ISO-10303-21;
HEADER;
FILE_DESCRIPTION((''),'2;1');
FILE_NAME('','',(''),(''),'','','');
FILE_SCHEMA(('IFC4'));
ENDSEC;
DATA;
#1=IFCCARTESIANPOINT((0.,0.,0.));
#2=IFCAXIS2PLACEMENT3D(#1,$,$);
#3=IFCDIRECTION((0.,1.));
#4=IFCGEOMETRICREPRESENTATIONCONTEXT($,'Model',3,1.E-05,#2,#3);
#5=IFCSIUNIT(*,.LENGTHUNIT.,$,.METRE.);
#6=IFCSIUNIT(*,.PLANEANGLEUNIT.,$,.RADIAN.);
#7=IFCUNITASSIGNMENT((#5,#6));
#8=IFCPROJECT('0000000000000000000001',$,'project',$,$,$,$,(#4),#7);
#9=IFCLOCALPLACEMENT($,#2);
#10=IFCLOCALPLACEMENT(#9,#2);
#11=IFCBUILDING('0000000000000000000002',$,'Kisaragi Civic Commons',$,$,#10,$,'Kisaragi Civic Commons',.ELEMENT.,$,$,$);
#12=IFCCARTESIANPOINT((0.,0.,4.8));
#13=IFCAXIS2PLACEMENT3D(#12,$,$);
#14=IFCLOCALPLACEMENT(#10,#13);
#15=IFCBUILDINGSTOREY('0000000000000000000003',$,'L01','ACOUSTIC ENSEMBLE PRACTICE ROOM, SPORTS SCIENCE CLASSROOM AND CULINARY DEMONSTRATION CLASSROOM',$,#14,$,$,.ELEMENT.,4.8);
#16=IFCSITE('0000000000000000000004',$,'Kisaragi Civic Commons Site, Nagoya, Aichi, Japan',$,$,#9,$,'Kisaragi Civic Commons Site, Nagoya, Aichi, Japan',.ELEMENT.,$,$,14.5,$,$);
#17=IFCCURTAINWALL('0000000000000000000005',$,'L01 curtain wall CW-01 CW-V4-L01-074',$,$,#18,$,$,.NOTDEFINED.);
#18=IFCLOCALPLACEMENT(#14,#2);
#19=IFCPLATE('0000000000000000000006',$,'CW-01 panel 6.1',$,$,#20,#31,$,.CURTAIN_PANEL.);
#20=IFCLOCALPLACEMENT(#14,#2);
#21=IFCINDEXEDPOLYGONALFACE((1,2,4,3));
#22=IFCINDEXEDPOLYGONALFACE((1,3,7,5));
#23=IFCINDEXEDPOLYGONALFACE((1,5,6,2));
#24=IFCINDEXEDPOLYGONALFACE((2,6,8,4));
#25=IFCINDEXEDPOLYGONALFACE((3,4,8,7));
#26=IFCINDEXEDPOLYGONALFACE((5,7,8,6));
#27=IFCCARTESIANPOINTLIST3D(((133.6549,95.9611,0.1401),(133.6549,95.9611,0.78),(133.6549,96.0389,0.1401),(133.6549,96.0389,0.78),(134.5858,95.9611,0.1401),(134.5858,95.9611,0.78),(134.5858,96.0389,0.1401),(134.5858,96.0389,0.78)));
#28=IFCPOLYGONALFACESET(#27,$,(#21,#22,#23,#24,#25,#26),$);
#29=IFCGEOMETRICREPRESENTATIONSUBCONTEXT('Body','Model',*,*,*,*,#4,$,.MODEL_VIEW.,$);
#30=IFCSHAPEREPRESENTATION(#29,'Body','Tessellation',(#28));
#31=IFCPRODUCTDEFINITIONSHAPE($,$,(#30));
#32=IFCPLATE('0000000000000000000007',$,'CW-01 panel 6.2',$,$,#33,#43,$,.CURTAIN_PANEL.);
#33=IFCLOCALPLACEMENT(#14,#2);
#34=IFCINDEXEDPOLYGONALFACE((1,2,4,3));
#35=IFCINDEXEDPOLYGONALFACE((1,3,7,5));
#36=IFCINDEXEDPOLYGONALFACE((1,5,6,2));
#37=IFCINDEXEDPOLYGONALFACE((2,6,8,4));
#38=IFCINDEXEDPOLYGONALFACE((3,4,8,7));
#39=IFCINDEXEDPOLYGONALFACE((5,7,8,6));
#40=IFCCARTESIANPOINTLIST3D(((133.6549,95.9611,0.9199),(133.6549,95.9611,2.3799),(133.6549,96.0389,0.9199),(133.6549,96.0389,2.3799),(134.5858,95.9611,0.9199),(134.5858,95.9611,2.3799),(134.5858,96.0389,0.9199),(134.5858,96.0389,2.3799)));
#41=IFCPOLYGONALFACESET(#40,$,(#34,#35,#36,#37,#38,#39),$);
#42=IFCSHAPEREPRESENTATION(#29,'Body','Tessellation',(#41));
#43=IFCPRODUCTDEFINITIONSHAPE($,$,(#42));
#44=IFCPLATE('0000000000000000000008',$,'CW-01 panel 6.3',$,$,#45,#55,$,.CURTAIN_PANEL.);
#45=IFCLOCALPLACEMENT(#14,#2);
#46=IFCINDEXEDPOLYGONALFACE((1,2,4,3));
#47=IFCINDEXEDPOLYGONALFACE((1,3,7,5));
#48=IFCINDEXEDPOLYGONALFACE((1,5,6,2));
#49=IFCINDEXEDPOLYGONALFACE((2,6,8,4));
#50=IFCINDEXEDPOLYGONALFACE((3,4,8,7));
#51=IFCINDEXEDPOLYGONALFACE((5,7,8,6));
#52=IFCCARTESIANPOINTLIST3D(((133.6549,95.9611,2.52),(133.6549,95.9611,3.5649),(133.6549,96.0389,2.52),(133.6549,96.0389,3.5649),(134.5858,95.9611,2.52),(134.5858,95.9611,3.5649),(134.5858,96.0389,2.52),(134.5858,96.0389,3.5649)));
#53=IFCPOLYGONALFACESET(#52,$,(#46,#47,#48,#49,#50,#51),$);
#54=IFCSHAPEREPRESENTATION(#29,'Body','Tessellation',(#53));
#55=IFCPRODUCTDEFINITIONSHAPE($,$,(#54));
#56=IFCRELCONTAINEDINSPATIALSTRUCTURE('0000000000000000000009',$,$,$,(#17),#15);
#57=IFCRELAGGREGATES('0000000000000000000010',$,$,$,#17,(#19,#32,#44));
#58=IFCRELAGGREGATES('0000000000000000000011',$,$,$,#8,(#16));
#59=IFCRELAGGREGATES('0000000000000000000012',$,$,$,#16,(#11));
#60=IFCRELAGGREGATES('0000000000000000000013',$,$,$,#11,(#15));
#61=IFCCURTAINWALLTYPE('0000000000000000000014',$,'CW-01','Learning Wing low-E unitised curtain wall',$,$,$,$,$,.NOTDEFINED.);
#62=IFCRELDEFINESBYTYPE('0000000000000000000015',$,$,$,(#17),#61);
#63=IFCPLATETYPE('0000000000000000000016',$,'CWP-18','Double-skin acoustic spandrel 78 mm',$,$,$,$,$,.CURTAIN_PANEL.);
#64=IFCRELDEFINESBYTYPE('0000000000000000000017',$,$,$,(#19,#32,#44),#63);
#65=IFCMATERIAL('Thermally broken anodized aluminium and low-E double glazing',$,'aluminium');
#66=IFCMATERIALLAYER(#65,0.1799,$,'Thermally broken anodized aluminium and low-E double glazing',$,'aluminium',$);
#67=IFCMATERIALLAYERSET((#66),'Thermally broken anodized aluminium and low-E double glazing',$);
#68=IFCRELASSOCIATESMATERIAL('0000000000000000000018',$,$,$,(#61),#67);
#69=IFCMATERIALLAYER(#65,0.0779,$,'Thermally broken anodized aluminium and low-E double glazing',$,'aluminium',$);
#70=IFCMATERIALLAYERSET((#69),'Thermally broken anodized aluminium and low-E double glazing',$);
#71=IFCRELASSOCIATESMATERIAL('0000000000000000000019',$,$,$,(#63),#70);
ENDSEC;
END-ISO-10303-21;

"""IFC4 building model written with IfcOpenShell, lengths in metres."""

from ifc_helpers import new_model, si_unit, direction, frame, origin, origin_2d, place, context, subcontext, project, spatial, rectangle, extrude, material, layer, layer_set, type_object, element, aggregate, save


model = new_model("IFC4")

# Units and contexts
model_context = context("Model", 3, precision=1e-05, world=origin(), true_north=direction((0.0, 1.0)))
body_context = subcontext(model_context, "Body", "Model", "MODEL_VIEW")
ifc_project = project(units=[si_unit("LENGTHUNIT", "METRE"), si_unit("PLANEANGLEUNIT", "RADIAN")], contexts=[model_context])

# Site, building, storey
site_placement = place(None, origin())
site = spatial("IfcSite", under=ifc_project, at=site_placement, Name="Kisaragi Civic Commons Site, Nagoya, Aichi, Japan", LongName="Kisaragi Civic Commons Site, Nagoya, Aichi, Japan", CompositionType="ELEMENT", RefElevation=14.5)
building_placement = place(site_placement, origin())
building = spatial("IfcBuilding", under=site, at=building_placement, Name="Kisaragi Civic Commons", LongName="Kisaragi Civic Commons", CompositionType="ELEMENT")
storey_placement = place(building_placement, frame((0.0, 0.0, 4.8)))
storey = spatial("IfcBuildingStorey", under=building, at=storey_placement, Name="L01", Description="ACOUSTIC ENSEMBLE PRACTICE ROOM, SPORTS SCIENCE CLASSROOM AND CULINARY DEMONSTRATION CLASSROOM", CompositionType="ELEMENT", Elevation=4.8)

# Curtain wall
ifc_material_1 = material(Name="Thermally broken anodized aluminium and low-E double glazing", Category="aluminium")
ifc_layer_1 = layer(ifc_material_1, 0.1799, Name="Thermally broken anodized aluminium and low-E double glazing", Category="aluminium")
ifc_layer_set_1 = layer_set([ifc_layer_1], Name="Thermally broken anodized aluminium and low-E double glazing")
curtain_wall_type = type_object("IfcCurtainWallType", Name="CW-01", Description="Learning Wing low-E unitised curtain wall", PredefinedType="NOTDEFINED", material=ifc_layer_set_1)
curtain_wall_1_placement = place(storey_placement, origin())
curtain_wall_1 = element("IfcCurtainWall", 1, at=curtain_wall_1_placement, inside=storey, type_object=curtain_wall_type, Name="L01 curtain wall CW-01 CW-V4-L01-074", PredefinedType="NOTDEFINED")

# Plates
ifc_layer_2 = layer(ifc_material_1, 0.0779, Name="Thermally broken anodized aluminium and low-E double glazing", Category="aluminium")
ifc_layer_set_2 = layer_set([ifc_layer_2], Name="Thermally broken anodized aluminium and low-E double glazing")
plate_type_1 = type_object("IfcPlateType", Name="CWP-18", Description="Double-skin acoustic spandrel 78 mm", PredefinedType="CURTAIN_PANEL", material=ifc_layer_set_2)
plate_1_placement = place(storey_placement, frame((134.1204, 96.0, 0.1401), z_axis=(0.0, 0.0, 1.0), x_axis=(-1.0, 0.0, 0.0)))
plate_1 = element("IfcPlate", 2, at=plate_1_placement, type_object=plate_type_1, Name="CW-01 panel 6.1", PredefinedType="CURTAIN_PANEL", context=body_context, shape_type="SweptSolid", body=[
    extrude(rectangle(XDim=0.9309, YDim=0.0779, at=origin_2d()), origin(), (0.0, 0.0, 1.0), 0.6399),
])
plate_2_placement = place(storey_placement, frame((134.1204, 96.0, 0.9199), z_axis=(0.0, 0.0, 1.0), x_axis=(-1.0, 0.0, 0.0)))
plate_2 = element("IfcPlate", 3, at=plate_2_placement, type_object=plate_type_1, Name="CW-01 panel 6.2", PredefinedType="CURTAIN_PANEL", context=body_context, shape_type="SweptSolid", body=[
    extrude(rectangle(XDim=0.9309, YDim=0.0779, at=origin_2d()), origin(), (0.0, 0.0, 1.0), 1.46),
])
plate_3_placement = place(storey_placement, frame((134.1204, 96.0, 2.52), z_axis=(0.0, 0.0, 1.0), x_axis=(-1.0, 0.0, 0.0)))
plate_3 = element("IfcPlate", 4, at=plate_3_placement, type_object=plate_type_1, Name="CW-01 panel 6.3", PredefinedType="CURTAIN_PANEL", context=body_context, shape_type="SweptSolid", body=[
    extrude(rectangle(XDim=0.9309, YDim=0.0779, at=origin_2d()), origin(), (0.0, 0.0, 1.0), 1.0449),
])
aggregate(curtain_wall_1, [plate_1, plate_2, plate_3])

save(model, "model.ifc")
